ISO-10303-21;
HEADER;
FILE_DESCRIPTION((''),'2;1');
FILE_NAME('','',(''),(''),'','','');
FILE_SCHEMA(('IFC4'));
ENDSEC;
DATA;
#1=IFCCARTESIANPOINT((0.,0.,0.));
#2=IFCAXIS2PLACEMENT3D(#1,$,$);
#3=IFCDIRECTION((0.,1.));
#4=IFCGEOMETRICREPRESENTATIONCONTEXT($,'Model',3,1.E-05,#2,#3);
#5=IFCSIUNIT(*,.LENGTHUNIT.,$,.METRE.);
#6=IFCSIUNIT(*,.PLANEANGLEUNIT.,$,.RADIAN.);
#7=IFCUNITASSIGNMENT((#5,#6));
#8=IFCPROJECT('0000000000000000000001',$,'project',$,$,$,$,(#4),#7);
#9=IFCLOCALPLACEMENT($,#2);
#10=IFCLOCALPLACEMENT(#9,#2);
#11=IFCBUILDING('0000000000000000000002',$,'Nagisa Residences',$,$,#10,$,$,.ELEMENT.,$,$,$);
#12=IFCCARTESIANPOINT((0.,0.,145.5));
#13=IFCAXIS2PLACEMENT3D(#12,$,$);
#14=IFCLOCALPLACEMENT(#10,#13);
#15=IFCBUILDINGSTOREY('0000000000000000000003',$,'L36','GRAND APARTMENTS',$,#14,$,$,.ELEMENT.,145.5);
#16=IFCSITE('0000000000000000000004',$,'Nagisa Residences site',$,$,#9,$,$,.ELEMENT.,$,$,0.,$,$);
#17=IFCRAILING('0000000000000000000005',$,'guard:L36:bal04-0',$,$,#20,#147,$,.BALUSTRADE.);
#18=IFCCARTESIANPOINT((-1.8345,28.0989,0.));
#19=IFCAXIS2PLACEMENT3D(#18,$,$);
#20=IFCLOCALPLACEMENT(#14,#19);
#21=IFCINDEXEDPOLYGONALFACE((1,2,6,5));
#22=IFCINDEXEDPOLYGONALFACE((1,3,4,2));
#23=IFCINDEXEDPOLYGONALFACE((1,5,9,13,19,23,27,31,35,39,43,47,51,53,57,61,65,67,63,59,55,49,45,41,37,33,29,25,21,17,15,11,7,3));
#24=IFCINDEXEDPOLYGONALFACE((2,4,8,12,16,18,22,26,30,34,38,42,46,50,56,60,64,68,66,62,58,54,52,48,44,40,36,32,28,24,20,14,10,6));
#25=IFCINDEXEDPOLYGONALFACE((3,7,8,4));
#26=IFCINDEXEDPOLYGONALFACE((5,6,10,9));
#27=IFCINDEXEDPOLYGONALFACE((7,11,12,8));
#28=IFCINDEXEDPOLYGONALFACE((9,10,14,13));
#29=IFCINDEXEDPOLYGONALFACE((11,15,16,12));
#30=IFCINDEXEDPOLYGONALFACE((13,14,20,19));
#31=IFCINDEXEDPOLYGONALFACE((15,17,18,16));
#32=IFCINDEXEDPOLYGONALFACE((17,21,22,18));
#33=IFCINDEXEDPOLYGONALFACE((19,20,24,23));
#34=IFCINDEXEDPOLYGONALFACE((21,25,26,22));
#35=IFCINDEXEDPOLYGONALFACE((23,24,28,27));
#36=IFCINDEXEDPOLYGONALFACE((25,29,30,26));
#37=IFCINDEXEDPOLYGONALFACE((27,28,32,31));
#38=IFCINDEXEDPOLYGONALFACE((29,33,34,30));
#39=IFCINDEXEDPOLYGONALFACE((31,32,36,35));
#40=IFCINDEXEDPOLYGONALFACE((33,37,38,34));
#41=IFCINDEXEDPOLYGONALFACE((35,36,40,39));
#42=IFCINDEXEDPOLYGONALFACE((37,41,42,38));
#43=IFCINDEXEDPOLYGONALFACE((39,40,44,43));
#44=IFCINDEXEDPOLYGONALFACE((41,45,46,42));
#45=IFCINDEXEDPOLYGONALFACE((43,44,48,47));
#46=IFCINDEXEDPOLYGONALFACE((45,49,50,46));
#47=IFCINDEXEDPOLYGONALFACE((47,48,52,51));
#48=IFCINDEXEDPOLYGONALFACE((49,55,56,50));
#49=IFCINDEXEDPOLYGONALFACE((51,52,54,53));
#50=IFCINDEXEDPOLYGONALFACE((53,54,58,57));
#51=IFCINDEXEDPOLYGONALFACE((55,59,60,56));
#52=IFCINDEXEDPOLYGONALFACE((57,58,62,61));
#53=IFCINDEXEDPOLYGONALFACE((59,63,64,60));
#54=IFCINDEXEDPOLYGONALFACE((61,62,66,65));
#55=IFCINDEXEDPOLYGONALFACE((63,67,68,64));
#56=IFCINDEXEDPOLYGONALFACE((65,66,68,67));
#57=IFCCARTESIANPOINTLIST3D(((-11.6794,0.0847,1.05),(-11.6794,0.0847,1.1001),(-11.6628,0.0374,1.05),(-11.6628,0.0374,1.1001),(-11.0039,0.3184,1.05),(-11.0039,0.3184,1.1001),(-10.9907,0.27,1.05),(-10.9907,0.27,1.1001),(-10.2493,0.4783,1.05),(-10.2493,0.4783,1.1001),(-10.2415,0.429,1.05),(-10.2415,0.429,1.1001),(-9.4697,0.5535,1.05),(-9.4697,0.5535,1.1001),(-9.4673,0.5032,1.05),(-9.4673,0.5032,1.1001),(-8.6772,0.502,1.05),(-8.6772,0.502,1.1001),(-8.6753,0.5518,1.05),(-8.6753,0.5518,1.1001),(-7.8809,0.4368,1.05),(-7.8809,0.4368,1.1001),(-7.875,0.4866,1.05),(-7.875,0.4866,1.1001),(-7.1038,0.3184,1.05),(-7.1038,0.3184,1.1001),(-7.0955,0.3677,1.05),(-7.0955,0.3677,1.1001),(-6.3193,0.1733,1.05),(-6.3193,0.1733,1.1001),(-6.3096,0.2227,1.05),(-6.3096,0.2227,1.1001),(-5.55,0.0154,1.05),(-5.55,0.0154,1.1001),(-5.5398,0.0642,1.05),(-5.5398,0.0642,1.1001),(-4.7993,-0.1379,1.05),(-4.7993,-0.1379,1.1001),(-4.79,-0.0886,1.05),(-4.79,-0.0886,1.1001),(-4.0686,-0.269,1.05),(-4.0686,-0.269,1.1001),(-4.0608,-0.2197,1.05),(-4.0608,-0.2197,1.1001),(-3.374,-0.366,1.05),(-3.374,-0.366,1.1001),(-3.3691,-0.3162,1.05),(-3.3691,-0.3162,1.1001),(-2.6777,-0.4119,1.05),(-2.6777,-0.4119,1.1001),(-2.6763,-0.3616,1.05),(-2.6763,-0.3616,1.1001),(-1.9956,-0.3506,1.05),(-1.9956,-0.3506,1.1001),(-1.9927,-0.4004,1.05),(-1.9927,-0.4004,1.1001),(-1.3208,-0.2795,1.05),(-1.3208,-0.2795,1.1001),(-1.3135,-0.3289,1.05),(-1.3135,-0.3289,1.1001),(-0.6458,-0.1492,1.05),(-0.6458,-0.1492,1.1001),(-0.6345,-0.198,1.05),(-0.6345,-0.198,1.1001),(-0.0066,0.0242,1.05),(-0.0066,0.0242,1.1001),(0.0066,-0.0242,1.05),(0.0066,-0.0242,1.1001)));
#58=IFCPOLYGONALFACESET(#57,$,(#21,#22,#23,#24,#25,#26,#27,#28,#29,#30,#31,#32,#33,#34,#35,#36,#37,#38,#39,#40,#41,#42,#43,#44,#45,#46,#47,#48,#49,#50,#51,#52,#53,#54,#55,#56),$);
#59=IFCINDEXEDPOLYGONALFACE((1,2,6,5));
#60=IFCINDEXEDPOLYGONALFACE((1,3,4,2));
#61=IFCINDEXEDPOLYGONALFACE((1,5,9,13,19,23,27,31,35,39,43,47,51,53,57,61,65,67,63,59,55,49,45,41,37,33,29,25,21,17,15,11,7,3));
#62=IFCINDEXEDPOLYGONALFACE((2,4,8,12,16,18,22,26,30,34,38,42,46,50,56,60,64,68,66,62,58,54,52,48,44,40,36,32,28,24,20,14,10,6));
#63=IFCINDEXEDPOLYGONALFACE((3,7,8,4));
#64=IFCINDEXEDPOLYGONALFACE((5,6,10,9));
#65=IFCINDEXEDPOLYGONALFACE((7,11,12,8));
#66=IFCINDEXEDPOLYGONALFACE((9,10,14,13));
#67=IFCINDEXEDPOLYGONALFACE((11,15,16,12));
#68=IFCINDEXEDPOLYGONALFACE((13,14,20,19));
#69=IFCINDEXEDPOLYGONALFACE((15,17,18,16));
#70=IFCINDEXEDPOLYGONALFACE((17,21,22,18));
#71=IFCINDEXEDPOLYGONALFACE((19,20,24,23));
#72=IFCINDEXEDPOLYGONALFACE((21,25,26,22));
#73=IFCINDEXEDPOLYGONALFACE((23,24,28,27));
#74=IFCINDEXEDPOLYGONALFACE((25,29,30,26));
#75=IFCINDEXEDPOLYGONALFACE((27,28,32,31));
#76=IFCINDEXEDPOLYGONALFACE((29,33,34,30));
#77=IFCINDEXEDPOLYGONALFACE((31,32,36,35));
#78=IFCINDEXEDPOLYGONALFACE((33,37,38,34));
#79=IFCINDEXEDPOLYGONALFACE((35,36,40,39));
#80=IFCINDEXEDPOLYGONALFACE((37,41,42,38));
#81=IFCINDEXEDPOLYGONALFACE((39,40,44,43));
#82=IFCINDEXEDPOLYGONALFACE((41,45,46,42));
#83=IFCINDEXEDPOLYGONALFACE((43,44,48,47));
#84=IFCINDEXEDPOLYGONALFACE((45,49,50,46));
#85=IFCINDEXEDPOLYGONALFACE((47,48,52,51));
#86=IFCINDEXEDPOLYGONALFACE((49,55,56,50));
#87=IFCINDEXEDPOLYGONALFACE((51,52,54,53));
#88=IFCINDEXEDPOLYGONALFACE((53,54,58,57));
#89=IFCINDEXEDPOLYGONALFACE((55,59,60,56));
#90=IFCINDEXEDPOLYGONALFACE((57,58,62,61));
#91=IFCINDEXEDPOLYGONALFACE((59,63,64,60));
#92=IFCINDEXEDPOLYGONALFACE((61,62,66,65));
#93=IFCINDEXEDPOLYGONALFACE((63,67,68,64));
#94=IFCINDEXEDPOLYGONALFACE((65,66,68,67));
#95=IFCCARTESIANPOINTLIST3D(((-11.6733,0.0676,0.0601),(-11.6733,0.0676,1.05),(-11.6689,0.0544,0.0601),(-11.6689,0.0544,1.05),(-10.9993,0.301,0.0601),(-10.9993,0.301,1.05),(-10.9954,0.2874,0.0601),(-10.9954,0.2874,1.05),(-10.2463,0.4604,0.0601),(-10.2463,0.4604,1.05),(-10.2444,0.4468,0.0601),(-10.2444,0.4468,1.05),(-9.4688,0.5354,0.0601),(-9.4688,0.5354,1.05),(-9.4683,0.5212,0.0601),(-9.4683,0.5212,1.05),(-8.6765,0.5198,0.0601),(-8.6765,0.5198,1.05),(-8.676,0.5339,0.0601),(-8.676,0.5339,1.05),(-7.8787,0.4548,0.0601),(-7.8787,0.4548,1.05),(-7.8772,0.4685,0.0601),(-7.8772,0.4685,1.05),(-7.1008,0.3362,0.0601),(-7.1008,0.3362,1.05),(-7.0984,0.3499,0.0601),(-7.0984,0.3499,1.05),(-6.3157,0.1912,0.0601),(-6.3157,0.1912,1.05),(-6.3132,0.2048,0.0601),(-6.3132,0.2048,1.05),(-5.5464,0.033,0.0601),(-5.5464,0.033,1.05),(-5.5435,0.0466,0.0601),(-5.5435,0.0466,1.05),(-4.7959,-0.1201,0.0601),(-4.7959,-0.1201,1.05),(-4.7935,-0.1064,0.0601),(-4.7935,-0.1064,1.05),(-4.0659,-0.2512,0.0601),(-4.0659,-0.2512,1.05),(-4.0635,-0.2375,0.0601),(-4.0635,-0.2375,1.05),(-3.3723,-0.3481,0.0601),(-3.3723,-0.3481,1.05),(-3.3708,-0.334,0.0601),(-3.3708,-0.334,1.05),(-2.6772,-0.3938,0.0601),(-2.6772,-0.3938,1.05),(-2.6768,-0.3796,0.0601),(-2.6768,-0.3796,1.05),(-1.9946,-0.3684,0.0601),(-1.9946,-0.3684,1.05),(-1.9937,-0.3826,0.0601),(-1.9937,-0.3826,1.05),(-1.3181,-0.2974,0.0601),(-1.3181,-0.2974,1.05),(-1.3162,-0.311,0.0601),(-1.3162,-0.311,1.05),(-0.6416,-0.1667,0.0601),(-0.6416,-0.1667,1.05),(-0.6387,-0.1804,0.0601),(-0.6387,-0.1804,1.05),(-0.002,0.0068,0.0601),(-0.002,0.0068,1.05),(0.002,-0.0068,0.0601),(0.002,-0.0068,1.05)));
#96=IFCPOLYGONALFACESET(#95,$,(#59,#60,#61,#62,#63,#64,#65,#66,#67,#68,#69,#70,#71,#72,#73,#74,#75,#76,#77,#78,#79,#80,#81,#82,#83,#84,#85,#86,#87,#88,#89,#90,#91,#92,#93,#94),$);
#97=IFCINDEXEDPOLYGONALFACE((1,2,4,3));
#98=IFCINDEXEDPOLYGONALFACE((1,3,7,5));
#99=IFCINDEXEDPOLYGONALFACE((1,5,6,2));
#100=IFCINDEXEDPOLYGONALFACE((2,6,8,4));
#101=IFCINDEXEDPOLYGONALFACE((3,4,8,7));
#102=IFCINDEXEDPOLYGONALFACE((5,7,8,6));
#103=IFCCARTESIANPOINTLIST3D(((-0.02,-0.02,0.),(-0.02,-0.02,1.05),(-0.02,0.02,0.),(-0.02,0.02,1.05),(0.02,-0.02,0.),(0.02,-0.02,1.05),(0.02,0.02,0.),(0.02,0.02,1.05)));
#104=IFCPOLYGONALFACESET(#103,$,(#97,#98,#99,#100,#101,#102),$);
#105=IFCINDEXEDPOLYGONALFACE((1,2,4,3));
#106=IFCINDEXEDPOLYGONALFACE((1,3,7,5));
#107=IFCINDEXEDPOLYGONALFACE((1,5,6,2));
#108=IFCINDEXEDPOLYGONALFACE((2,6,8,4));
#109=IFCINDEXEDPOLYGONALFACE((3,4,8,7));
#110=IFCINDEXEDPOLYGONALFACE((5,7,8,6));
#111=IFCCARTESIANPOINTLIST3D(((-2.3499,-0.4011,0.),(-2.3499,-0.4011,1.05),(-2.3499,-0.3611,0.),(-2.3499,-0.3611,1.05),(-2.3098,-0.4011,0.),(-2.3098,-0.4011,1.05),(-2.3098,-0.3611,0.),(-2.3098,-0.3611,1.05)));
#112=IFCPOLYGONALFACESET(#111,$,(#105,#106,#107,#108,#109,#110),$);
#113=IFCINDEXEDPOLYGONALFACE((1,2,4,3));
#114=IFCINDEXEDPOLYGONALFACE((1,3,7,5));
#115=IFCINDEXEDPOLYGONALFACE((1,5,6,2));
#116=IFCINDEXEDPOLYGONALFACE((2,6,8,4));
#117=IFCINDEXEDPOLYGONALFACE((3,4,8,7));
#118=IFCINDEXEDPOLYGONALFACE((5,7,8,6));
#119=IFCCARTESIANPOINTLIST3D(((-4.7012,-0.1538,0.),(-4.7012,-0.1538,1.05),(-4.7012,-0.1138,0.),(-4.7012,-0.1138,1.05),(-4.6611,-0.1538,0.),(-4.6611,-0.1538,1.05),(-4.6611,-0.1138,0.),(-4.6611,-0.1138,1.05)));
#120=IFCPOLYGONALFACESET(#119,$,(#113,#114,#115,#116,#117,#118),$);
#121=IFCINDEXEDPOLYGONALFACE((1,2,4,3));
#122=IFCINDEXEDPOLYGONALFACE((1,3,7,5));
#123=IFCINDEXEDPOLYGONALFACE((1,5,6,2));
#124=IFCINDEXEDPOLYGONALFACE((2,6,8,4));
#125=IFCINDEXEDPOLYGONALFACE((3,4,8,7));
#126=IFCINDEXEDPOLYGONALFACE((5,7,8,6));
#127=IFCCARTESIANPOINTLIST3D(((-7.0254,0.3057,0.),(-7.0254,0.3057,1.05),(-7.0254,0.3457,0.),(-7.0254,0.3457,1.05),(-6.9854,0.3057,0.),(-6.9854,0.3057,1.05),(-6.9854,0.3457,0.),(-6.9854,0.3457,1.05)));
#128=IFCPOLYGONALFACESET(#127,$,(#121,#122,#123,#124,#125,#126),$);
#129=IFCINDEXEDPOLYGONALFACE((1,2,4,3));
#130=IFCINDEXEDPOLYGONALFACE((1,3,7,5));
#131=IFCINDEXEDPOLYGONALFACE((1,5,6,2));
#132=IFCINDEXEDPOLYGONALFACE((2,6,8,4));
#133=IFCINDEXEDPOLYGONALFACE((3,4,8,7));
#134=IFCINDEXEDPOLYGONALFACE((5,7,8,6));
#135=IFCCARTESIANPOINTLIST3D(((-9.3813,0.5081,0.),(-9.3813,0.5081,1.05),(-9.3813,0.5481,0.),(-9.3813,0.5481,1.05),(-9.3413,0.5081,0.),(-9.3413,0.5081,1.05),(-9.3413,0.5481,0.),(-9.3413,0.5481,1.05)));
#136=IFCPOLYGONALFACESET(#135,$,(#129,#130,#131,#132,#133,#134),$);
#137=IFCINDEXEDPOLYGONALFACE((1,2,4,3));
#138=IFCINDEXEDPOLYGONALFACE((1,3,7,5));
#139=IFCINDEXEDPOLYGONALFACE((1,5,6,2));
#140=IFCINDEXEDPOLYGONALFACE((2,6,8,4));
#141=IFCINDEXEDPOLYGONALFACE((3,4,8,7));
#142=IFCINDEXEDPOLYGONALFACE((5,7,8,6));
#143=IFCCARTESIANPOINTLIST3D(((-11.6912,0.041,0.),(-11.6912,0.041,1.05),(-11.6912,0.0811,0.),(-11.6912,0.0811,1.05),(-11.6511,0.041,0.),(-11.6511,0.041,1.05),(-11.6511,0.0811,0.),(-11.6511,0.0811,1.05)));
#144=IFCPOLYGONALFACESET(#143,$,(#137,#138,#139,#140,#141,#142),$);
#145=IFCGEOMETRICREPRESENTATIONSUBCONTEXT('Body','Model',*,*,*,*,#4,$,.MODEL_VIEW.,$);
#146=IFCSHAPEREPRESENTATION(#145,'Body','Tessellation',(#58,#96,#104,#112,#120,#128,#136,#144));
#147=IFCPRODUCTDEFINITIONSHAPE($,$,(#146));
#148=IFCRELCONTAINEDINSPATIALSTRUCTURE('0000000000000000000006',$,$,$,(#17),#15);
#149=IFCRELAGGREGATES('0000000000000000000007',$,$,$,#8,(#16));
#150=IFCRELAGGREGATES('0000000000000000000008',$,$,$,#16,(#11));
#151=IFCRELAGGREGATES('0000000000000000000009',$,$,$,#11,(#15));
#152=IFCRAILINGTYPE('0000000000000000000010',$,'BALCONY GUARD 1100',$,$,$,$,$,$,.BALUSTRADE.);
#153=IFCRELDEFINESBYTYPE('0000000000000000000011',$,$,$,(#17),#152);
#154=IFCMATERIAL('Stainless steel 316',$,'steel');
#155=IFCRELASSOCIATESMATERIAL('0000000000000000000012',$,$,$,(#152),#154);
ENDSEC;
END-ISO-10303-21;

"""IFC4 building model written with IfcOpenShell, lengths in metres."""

from ifc_helpers import new_model, si_unit, direction, frame, origin, origin_2d, place, context, subcontext, project, spatial, polyline, rectangle, outline, extrude, material, type_object, element, save


model = new_model("IFC4")

# Units and contexts
model_context = context("Model", 3, precision=1e-05, world=origin(), true_north=direction((0.0, 1.0)))
body_context = subcontext(model_context, "Body", "Model", "MODEL_VIEW")
ifc_project = project(units=[si_unit("LENGTHUNIT", "METRE"), si_unit("PLANEANGLEUNIT", "RADIAN")], contexts=[model_context])

# Site, building, storey
site_placement = place(None, origin())
site = spatial("IfcSite", under=ifc_project, at=site_placement, Name="Nagisa Residences site", CompositionType="ELEMENT", RefElevation=0.0)
building_placement = place(site_placement, origin())
building = spatial("IfcBuilding", under=site, at=building_placement, Name="Nagisa Residences", CompositionType="ELEMENT")
storey_placement = place(building_placement, frame((0.0, 0.0, 145.5)))
storey = spatial("IfcBuildingStorey", under=building, at=storey_placement, Name="L36", Description="GRAND APARTMENTS", CompositionType="ELEMENT", Elevation=145.5)

# Railing
ifc_material_1 = material(Name="Stainless steel 316", Category="steel")
railing_type = type_object("IfcRailingType", Name="BALCONY GUARD 1100", PredefinedType="BALUSTRADE", material=ifc_material_1)
railing_placement = place(storey_placement, frame((-1.8345, 28.0989, 0.0)))
element("IfcRailing", 1, at=railing_placement, inside=storey, type_object=railing_type, Name="guard:L36:bal04-0", PredefinedType="BALUSTRADE", context=body_context, shape_type="SweptSolid", body=[
    extrude(outline(polyline([(-0.6345, -0.198), (0.0066, -0.0242), (-0.0066, 0.0242), (-0.6458, -0.1492), (-1.3208, -0.2795), (-1.9956, -0.3506), (-2.6763, -0.3616), (-3.3691, -0.3162), (-4.0608, -0.2197), (-4.79, -0.0886), (-5.5398, 0.0642), (-6.3096, 0.2227), (-7.0955, 0.3677), (-7.875, 0.4866), (-8.6753, 0.5518), (-9.4697, 0.5535), (-10.2493, 0.4783), (-11.0039, 0.3184), (-11.6794, 0.0847), (-11.6628, 0.0374), (-10.9907, 0.27), (-10.2415, 0.429), (-9.4673, 0.5032), (-8.6772, 0.502), (-7.8809, 0.4368), (-7.1038, 0.3184), (-6.3193, 0.1733), (-5.55, 0.0154), (-4.7993, -0.1379), (-4.0686, -0.269), (-3.374, -0.366), (-2.6777, -0.4119), (-1.9927, -0.4004), (-1.3135, -0.3289), (-0.6345, -0.198)])), frame((0.0, 0.0, 1.05)), (0.0, 0.0, 1.0), 0.05),
    extrude(outline(polyline([(-0.6387, -0.1804), (0.002, -0.0068), (-0.002, 0.0068), (-0.6416, -0.1667), (-1.3181, -0.2974), (-1.9946, -0.3684), (-2.6768, -0.3796), (-3.3708, -0.334), (-4.0635, -0.2375), (-4.7935, -0.1064), (-5.5435, 0.0466), (-6.3132, 0.2048), (-7.0984, 0.3499), (-7.8772, 0.4685), (-8.676, 0.5339), (-9.4688, 0.5354), (-10.2463, 0.4604), (-10.9993, 0.301), (-11.6733, 0.0676), (-11.6689, 0.0544), (-10.9954, 0.2874), (-10.2444, 0.4468), (-9.4683, 0.5212), (-8.6765, 0.5198), (-7.8787, 0.4548), (-7.1008, 0.3362), (-6.3157, 0.1912), (-5.5464, 0.033), (-4.7959, -0.1201), (-4.0659, -0.2512), (-3.3723, -0.3481), (-2.6772, -0.3938), (-1.9937, -0.3826), (-1.3162, -0.311), (-0.6387, -0.1804)])), frame((0.0, 0.0, 0.0601)), (0.0, 0.0, 1.0), 0.99),
    extrude(rectangle(XDim=0.04, YDim=0.04, at=origin_2d()), origin(), (0.0, 0.0, 1.0), 1.05),
    extrude(rectangle(XDim=0.04, YDim=0.04, at=origin_2d()), frame((-2.3298, -0.3811, 0.0)), (0.0, 0.0, 1.0), 1.05),
    extrude(rectangle(XDim=0.04, YDim=0.04, at=origin_2d()), frame((-4.6812, -0.1338, 0.0)), (0.0, 0.0, 1.0), 1.05),
    extrude(rectangle(XDim=0.04, YDim=0.04, at=origin_2d()), frame((-7.0054, 0.3257, 0.0)), (0.0, 0.0, 1.0), 1.05),
    extrude(rectangle(XDim=0.04, YDim=0.04, at=origin_2d()), frame((-9.3613, 0.5281, 0.0)), (0.0, 0.0, 1.0), 1.05),
    extrude(rectangle(XDim=0.04, YDim=0.04, at=origin_2d()), frame((-11.6711, 0.061, 0.0)), (0.0, 0.0, 1.0), 1.05),
])

save(model, "model.ifc")
